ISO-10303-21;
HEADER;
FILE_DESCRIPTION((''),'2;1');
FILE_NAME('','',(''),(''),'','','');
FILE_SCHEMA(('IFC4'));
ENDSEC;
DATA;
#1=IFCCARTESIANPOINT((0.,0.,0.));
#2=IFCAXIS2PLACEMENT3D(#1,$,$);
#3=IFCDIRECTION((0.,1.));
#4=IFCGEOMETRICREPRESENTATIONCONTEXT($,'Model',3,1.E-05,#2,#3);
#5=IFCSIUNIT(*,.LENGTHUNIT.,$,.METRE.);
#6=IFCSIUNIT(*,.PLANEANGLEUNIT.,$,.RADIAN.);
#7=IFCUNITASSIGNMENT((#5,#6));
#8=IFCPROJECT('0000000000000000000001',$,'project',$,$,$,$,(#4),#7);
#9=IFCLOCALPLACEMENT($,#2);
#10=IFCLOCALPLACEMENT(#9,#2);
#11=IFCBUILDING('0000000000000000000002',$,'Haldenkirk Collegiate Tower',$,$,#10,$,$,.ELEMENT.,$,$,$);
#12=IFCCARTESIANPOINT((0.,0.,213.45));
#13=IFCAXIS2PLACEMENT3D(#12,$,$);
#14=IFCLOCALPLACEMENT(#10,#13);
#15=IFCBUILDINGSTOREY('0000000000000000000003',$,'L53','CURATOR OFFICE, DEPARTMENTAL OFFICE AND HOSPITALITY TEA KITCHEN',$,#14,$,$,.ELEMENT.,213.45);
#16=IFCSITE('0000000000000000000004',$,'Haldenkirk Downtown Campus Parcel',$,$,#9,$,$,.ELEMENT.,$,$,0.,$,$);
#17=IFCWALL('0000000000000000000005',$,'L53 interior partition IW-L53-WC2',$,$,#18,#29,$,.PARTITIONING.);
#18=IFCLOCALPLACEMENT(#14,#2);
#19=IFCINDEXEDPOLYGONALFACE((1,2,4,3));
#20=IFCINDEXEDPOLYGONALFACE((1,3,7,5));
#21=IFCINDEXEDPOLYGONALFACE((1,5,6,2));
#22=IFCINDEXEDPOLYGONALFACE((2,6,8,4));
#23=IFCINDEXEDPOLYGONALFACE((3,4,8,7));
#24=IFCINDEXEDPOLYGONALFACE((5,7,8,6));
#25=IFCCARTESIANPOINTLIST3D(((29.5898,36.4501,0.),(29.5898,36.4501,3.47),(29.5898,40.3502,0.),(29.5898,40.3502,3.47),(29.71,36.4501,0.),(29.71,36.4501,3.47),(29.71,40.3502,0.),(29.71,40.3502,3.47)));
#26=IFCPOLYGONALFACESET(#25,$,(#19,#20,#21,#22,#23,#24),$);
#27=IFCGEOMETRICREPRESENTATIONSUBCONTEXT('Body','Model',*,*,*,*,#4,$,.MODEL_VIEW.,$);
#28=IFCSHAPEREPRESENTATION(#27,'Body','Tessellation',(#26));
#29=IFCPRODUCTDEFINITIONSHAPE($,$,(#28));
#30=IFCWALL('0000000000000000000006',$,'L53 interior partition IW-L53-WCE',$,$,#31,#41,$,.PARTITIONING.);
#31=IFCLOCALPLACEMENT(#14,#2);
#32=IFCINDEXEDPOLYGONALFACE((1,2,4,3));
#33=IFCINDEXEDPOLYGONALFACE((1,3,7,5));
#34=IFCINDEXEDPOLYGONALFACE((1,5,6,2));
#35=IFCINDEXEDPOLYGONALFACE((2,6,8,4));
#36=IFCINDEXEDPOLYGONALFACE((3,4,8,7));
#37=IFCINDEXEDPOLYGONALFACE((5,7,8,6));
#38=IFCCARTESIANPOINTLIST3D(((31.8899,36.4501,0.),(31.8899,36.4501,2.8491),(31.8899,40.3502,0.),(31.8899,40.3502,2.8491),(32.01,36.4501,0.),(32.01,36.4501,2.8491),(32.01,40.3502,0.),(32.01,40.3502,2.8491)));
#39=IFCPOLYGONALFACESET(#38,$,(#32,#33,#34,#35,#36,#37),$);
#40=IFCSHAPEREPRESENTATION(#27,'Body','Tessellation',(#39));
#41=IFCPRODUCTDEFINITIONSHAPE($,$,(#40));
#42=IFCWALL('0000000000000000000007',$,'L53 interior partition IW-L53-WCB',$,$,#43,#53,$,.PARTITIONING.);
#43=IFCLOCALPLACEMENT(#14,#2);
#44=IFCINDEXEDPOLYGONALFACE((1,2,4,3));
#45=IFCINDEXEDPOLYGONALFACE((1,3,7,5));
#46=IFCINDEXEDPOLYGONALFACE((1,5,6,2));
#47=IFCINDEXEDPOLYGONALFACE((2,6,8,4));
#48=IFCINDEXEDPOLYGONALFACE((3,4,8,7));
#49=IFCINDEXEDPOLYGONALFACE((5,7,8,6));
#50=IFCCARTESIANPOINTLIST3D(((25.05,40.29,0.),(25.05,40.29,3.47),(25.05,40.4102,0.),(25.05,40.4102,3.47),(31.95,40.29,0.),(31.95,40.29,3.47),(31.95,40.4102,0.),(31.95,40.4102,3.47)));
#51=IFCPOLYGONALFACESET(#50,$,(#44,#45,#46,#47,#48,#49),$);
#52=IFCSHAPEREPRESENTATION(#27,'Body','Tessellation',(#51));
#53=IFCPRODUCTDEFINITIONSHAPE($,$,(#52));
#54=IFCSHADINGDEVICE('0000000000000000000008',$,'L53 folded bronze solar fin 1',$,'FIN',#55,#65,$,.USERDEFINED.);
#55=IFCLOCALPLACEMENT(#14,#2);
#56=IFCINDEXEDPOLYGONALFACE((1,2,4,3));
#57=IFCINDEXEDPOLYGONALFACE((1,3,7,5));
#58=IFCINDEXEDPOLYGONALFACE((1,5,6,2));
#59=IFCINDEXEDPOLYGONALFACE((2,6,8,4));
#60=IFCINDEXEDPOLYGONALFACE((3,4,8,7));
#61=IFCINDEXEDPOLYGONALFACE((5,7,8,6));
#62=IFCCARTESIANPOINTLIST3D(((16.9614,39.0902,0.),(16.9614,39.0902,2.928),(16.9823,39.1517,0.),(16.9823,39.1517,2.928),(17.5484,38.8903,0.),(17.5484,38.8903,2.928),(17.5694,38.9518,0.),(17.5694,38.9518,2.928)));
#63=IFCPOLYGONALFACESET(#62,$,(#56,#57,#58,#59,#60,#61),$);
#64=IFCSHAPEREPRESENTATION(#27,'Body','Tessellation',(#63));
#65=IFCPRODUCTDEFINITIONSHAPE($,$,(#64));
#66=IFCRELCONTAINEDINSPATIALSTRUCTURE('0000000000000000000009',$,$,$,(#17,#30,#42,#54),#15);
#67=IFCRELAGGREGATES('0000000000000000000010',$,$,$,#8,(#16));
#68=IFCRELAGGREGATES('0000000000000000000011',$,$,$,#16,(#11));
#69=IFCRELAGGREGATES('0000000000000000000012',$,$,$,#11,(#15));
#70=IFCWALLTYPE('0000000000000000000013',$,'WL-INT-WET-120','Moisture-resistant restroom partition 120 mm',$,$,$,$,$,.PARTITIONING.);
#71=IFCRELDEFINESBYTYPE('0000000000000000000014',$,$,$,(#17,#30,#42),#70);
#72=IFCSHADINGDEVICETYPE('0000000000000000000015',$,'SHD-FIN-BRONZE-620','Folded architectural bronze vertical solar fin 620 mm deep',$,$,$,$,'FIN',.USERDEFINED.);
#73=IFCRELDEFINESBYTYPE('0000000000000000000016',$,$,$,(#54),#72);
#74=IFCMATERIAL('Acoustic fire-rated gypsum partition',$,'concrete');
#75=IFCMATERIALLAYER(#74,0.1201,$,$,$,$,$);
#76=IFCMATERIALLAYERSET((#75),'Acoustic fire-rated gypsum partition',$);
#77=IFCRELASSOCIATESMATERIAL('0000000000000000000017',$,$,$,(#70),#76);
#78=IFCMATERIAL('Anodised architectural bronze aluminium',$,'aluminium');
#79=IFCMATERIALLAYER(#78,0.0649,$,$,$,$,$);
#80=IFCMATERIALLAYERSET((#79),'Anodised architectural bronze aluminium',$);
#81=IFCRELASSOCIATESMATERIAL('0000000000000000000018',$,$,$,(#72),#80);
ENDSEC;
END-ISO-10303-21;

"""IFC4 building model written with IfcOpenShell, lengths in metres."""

from ifc_helpers import new_model, si_unit, direction, frame, frame_2d, origin, origin_2d, place, context, subcontext, project, spatial, rectangle, extrude, source, transform, mapped, material, layer, layer_set, type_object, element, save


model = new_model("IFC4")

# Units and contexts
model_context = context("Model", 3, precision=1e-05, world=origin(), true_north=direction((0.0, 1.0)))
body_context = subcontext(model_context, "Body", "Model", "MODEL_VIEW")
ifc_project = project(units=[si_unit("LENGTHUNIT", "METRE"), si_unit("PLANEANGLEUNIT", "RADIAN")], contexts=[model_context])

# Site, building, storey
site_placement = place(None, origin())
site = spatial("IfcSite", under=ifc_project, at=site_placement, Name="Haldenkirk Downtown Campus Parcel", CompositionType="ELEMENT", RefElevation=0.0)
building_placement = place(site_placement, origin())
building = spatial("IfcBuilding", under=site, at=building_placement, Name="Haldenkirk Collegiate Tower", CompositionType="ELEMENT")
storey_placement = place(building_placement, frame((0.0, 0.0, 213.45)))
storey = spatial("IfcBuildingStorey", under=building, at=storey_placement, Name="L53", Description="CURATOR OFFICE, DEPARTMENTAL OFFICE AND HOSPITALITY TEA KITCHEN", CompositionType="ELEMENT", Elevation=213.45)

# Shared definitions
ifc_material_1 = material(Name="Anodised architectural bronze aluminium", Category="aluminium")

# Shared definitions
ifc_material_2 = material(Name="Acoustic fire-rated gypsum partition", Category="concrete")

# Walls
ifc_layer_1 = layer(ifc_material_2, 0.1201)
ifc_layer_set_1 = layer_set([ifc_layer_1], Name="Acoustic fire-rated gypsum partition")
wall_type_1 = type_object("IfcWallType", Name="WL-INT-WET-120", Description="Moisture-resistant restroom partition 120 mm", PredefinedType="PARTITIONING", material=ifc_layer_set_1)
for number, where, z_axis, x_axis, name in (
    (1, (29.6499, 36.45, 0.0), (0.0, 0.0, 1.0), (0.0, 1.0, 0.0), "L53 interior partition IW-L53-WC2"),
):
    element("IfcWall", number, at=place(storey_placement, frame(where, z_axis=z_axis, x_axis=x_axis)), inside=storey, type_object=wall_type_1, Name=name, PredefinedType="PARTITIONING", context=body_context, shape_type="SweptSolid", body=[
        extrude(rectangle(XDim=3.9001, YDim=0.1201, at=frame_2d((1.9502, 0.0))), origin(), (0.0, 0.0, 1.0), 3.47),
    ])
wall_1_placement = place(storey_placement, frame((31.95, 36.45, 0.0), z_axis=(0.0, 0.0, 1.0), x_axis=(0.0, 1.0, 0.0)))
element("IfcWall", 2, at=wall_1_placement, inside=storey, type_object=wall_type_1, Name="L53 interior partition IW-L53-WCE", PredefinedType="PARTITIONING", context=body_context, shape_type="SweptSolid", body=[
    extrude(rectangle(XDim=3.9001, YDim=0.1201, at=frame_2d((1.9502, 0.0))), origin(), (0.0, 0.0, 1.0), 2.8491),
])
wall_2_placement = place(storey_placement, frame((25.05, 40.3501, 0.0), z_axis=(0.0, 0.0, 1.0), x_axis=(1.0, 0.0, 0.0)))
element("IfcWall", 3, at=wall_2_placement, inside=storey, type_object=wall_type_1, Name="L53 interior partition IW-L53-WCB", PredefinedType="PARTITIONING", context=body_context, shape_type="SweptSolid", body=[
    extrude(rectangle(XDim=6.8999, YDim=0.1201, at=frame_2d((3.45, 0.0))), origin(), (0.0, 0.0, 1.0), 3.47),
])

# Shading device
ifc_layer_2 = layer(ifc_material_1, 0.0649)
ifc_layer_set_2 = layer_set([ifc_layer_2], Name="Anodised architectural bronze aluminium")
shading_device_type = type_object("IfcShadingDeviceType", Name="SHD-FIN-BRONZE-620", Description="Folded architectural bronze vertical solar fin 620 mm deep", ElementType="FIN", PredefinedType="USERDEFINED", material=ifc_layer_set_2)
shared_shape_1 = source(origin(), body_context, "Body", "SweptSolid", [
    extrude(rectangle(XDim=0.6201, YDim=0.0649, at=origin_2d()), origin(), (0.0, 0.0, 1.0), 2.928),
])
shading_device_placement = place(storey_placement, frame((17.2654, 39.021, 0.0), z_axis=(0.0, 0.0, 1.0), x_axis=(-0.946649, 0.322266, 0.0)))
element("IfcShadingDevice", 4, at=shading_device_placement, inside=storey, type_object=shading_device_type, Name="L53 folded bronze solar fin 1", ObjectType="FIN", PredefinedType="USERDEFINED", context=body_context, shape_type="MappedRepresentation", body=[
    mapped(shared_shape_1, transform((0.0, 0.0, 0.0), x_axis=(1.0, 0.0, 0.0), y_axis=(0.0, 1.0, 0.0), z_axis=(0.0, 0.0, 1.0), scale=1.0)),
])

save(model, "model.ifc")
